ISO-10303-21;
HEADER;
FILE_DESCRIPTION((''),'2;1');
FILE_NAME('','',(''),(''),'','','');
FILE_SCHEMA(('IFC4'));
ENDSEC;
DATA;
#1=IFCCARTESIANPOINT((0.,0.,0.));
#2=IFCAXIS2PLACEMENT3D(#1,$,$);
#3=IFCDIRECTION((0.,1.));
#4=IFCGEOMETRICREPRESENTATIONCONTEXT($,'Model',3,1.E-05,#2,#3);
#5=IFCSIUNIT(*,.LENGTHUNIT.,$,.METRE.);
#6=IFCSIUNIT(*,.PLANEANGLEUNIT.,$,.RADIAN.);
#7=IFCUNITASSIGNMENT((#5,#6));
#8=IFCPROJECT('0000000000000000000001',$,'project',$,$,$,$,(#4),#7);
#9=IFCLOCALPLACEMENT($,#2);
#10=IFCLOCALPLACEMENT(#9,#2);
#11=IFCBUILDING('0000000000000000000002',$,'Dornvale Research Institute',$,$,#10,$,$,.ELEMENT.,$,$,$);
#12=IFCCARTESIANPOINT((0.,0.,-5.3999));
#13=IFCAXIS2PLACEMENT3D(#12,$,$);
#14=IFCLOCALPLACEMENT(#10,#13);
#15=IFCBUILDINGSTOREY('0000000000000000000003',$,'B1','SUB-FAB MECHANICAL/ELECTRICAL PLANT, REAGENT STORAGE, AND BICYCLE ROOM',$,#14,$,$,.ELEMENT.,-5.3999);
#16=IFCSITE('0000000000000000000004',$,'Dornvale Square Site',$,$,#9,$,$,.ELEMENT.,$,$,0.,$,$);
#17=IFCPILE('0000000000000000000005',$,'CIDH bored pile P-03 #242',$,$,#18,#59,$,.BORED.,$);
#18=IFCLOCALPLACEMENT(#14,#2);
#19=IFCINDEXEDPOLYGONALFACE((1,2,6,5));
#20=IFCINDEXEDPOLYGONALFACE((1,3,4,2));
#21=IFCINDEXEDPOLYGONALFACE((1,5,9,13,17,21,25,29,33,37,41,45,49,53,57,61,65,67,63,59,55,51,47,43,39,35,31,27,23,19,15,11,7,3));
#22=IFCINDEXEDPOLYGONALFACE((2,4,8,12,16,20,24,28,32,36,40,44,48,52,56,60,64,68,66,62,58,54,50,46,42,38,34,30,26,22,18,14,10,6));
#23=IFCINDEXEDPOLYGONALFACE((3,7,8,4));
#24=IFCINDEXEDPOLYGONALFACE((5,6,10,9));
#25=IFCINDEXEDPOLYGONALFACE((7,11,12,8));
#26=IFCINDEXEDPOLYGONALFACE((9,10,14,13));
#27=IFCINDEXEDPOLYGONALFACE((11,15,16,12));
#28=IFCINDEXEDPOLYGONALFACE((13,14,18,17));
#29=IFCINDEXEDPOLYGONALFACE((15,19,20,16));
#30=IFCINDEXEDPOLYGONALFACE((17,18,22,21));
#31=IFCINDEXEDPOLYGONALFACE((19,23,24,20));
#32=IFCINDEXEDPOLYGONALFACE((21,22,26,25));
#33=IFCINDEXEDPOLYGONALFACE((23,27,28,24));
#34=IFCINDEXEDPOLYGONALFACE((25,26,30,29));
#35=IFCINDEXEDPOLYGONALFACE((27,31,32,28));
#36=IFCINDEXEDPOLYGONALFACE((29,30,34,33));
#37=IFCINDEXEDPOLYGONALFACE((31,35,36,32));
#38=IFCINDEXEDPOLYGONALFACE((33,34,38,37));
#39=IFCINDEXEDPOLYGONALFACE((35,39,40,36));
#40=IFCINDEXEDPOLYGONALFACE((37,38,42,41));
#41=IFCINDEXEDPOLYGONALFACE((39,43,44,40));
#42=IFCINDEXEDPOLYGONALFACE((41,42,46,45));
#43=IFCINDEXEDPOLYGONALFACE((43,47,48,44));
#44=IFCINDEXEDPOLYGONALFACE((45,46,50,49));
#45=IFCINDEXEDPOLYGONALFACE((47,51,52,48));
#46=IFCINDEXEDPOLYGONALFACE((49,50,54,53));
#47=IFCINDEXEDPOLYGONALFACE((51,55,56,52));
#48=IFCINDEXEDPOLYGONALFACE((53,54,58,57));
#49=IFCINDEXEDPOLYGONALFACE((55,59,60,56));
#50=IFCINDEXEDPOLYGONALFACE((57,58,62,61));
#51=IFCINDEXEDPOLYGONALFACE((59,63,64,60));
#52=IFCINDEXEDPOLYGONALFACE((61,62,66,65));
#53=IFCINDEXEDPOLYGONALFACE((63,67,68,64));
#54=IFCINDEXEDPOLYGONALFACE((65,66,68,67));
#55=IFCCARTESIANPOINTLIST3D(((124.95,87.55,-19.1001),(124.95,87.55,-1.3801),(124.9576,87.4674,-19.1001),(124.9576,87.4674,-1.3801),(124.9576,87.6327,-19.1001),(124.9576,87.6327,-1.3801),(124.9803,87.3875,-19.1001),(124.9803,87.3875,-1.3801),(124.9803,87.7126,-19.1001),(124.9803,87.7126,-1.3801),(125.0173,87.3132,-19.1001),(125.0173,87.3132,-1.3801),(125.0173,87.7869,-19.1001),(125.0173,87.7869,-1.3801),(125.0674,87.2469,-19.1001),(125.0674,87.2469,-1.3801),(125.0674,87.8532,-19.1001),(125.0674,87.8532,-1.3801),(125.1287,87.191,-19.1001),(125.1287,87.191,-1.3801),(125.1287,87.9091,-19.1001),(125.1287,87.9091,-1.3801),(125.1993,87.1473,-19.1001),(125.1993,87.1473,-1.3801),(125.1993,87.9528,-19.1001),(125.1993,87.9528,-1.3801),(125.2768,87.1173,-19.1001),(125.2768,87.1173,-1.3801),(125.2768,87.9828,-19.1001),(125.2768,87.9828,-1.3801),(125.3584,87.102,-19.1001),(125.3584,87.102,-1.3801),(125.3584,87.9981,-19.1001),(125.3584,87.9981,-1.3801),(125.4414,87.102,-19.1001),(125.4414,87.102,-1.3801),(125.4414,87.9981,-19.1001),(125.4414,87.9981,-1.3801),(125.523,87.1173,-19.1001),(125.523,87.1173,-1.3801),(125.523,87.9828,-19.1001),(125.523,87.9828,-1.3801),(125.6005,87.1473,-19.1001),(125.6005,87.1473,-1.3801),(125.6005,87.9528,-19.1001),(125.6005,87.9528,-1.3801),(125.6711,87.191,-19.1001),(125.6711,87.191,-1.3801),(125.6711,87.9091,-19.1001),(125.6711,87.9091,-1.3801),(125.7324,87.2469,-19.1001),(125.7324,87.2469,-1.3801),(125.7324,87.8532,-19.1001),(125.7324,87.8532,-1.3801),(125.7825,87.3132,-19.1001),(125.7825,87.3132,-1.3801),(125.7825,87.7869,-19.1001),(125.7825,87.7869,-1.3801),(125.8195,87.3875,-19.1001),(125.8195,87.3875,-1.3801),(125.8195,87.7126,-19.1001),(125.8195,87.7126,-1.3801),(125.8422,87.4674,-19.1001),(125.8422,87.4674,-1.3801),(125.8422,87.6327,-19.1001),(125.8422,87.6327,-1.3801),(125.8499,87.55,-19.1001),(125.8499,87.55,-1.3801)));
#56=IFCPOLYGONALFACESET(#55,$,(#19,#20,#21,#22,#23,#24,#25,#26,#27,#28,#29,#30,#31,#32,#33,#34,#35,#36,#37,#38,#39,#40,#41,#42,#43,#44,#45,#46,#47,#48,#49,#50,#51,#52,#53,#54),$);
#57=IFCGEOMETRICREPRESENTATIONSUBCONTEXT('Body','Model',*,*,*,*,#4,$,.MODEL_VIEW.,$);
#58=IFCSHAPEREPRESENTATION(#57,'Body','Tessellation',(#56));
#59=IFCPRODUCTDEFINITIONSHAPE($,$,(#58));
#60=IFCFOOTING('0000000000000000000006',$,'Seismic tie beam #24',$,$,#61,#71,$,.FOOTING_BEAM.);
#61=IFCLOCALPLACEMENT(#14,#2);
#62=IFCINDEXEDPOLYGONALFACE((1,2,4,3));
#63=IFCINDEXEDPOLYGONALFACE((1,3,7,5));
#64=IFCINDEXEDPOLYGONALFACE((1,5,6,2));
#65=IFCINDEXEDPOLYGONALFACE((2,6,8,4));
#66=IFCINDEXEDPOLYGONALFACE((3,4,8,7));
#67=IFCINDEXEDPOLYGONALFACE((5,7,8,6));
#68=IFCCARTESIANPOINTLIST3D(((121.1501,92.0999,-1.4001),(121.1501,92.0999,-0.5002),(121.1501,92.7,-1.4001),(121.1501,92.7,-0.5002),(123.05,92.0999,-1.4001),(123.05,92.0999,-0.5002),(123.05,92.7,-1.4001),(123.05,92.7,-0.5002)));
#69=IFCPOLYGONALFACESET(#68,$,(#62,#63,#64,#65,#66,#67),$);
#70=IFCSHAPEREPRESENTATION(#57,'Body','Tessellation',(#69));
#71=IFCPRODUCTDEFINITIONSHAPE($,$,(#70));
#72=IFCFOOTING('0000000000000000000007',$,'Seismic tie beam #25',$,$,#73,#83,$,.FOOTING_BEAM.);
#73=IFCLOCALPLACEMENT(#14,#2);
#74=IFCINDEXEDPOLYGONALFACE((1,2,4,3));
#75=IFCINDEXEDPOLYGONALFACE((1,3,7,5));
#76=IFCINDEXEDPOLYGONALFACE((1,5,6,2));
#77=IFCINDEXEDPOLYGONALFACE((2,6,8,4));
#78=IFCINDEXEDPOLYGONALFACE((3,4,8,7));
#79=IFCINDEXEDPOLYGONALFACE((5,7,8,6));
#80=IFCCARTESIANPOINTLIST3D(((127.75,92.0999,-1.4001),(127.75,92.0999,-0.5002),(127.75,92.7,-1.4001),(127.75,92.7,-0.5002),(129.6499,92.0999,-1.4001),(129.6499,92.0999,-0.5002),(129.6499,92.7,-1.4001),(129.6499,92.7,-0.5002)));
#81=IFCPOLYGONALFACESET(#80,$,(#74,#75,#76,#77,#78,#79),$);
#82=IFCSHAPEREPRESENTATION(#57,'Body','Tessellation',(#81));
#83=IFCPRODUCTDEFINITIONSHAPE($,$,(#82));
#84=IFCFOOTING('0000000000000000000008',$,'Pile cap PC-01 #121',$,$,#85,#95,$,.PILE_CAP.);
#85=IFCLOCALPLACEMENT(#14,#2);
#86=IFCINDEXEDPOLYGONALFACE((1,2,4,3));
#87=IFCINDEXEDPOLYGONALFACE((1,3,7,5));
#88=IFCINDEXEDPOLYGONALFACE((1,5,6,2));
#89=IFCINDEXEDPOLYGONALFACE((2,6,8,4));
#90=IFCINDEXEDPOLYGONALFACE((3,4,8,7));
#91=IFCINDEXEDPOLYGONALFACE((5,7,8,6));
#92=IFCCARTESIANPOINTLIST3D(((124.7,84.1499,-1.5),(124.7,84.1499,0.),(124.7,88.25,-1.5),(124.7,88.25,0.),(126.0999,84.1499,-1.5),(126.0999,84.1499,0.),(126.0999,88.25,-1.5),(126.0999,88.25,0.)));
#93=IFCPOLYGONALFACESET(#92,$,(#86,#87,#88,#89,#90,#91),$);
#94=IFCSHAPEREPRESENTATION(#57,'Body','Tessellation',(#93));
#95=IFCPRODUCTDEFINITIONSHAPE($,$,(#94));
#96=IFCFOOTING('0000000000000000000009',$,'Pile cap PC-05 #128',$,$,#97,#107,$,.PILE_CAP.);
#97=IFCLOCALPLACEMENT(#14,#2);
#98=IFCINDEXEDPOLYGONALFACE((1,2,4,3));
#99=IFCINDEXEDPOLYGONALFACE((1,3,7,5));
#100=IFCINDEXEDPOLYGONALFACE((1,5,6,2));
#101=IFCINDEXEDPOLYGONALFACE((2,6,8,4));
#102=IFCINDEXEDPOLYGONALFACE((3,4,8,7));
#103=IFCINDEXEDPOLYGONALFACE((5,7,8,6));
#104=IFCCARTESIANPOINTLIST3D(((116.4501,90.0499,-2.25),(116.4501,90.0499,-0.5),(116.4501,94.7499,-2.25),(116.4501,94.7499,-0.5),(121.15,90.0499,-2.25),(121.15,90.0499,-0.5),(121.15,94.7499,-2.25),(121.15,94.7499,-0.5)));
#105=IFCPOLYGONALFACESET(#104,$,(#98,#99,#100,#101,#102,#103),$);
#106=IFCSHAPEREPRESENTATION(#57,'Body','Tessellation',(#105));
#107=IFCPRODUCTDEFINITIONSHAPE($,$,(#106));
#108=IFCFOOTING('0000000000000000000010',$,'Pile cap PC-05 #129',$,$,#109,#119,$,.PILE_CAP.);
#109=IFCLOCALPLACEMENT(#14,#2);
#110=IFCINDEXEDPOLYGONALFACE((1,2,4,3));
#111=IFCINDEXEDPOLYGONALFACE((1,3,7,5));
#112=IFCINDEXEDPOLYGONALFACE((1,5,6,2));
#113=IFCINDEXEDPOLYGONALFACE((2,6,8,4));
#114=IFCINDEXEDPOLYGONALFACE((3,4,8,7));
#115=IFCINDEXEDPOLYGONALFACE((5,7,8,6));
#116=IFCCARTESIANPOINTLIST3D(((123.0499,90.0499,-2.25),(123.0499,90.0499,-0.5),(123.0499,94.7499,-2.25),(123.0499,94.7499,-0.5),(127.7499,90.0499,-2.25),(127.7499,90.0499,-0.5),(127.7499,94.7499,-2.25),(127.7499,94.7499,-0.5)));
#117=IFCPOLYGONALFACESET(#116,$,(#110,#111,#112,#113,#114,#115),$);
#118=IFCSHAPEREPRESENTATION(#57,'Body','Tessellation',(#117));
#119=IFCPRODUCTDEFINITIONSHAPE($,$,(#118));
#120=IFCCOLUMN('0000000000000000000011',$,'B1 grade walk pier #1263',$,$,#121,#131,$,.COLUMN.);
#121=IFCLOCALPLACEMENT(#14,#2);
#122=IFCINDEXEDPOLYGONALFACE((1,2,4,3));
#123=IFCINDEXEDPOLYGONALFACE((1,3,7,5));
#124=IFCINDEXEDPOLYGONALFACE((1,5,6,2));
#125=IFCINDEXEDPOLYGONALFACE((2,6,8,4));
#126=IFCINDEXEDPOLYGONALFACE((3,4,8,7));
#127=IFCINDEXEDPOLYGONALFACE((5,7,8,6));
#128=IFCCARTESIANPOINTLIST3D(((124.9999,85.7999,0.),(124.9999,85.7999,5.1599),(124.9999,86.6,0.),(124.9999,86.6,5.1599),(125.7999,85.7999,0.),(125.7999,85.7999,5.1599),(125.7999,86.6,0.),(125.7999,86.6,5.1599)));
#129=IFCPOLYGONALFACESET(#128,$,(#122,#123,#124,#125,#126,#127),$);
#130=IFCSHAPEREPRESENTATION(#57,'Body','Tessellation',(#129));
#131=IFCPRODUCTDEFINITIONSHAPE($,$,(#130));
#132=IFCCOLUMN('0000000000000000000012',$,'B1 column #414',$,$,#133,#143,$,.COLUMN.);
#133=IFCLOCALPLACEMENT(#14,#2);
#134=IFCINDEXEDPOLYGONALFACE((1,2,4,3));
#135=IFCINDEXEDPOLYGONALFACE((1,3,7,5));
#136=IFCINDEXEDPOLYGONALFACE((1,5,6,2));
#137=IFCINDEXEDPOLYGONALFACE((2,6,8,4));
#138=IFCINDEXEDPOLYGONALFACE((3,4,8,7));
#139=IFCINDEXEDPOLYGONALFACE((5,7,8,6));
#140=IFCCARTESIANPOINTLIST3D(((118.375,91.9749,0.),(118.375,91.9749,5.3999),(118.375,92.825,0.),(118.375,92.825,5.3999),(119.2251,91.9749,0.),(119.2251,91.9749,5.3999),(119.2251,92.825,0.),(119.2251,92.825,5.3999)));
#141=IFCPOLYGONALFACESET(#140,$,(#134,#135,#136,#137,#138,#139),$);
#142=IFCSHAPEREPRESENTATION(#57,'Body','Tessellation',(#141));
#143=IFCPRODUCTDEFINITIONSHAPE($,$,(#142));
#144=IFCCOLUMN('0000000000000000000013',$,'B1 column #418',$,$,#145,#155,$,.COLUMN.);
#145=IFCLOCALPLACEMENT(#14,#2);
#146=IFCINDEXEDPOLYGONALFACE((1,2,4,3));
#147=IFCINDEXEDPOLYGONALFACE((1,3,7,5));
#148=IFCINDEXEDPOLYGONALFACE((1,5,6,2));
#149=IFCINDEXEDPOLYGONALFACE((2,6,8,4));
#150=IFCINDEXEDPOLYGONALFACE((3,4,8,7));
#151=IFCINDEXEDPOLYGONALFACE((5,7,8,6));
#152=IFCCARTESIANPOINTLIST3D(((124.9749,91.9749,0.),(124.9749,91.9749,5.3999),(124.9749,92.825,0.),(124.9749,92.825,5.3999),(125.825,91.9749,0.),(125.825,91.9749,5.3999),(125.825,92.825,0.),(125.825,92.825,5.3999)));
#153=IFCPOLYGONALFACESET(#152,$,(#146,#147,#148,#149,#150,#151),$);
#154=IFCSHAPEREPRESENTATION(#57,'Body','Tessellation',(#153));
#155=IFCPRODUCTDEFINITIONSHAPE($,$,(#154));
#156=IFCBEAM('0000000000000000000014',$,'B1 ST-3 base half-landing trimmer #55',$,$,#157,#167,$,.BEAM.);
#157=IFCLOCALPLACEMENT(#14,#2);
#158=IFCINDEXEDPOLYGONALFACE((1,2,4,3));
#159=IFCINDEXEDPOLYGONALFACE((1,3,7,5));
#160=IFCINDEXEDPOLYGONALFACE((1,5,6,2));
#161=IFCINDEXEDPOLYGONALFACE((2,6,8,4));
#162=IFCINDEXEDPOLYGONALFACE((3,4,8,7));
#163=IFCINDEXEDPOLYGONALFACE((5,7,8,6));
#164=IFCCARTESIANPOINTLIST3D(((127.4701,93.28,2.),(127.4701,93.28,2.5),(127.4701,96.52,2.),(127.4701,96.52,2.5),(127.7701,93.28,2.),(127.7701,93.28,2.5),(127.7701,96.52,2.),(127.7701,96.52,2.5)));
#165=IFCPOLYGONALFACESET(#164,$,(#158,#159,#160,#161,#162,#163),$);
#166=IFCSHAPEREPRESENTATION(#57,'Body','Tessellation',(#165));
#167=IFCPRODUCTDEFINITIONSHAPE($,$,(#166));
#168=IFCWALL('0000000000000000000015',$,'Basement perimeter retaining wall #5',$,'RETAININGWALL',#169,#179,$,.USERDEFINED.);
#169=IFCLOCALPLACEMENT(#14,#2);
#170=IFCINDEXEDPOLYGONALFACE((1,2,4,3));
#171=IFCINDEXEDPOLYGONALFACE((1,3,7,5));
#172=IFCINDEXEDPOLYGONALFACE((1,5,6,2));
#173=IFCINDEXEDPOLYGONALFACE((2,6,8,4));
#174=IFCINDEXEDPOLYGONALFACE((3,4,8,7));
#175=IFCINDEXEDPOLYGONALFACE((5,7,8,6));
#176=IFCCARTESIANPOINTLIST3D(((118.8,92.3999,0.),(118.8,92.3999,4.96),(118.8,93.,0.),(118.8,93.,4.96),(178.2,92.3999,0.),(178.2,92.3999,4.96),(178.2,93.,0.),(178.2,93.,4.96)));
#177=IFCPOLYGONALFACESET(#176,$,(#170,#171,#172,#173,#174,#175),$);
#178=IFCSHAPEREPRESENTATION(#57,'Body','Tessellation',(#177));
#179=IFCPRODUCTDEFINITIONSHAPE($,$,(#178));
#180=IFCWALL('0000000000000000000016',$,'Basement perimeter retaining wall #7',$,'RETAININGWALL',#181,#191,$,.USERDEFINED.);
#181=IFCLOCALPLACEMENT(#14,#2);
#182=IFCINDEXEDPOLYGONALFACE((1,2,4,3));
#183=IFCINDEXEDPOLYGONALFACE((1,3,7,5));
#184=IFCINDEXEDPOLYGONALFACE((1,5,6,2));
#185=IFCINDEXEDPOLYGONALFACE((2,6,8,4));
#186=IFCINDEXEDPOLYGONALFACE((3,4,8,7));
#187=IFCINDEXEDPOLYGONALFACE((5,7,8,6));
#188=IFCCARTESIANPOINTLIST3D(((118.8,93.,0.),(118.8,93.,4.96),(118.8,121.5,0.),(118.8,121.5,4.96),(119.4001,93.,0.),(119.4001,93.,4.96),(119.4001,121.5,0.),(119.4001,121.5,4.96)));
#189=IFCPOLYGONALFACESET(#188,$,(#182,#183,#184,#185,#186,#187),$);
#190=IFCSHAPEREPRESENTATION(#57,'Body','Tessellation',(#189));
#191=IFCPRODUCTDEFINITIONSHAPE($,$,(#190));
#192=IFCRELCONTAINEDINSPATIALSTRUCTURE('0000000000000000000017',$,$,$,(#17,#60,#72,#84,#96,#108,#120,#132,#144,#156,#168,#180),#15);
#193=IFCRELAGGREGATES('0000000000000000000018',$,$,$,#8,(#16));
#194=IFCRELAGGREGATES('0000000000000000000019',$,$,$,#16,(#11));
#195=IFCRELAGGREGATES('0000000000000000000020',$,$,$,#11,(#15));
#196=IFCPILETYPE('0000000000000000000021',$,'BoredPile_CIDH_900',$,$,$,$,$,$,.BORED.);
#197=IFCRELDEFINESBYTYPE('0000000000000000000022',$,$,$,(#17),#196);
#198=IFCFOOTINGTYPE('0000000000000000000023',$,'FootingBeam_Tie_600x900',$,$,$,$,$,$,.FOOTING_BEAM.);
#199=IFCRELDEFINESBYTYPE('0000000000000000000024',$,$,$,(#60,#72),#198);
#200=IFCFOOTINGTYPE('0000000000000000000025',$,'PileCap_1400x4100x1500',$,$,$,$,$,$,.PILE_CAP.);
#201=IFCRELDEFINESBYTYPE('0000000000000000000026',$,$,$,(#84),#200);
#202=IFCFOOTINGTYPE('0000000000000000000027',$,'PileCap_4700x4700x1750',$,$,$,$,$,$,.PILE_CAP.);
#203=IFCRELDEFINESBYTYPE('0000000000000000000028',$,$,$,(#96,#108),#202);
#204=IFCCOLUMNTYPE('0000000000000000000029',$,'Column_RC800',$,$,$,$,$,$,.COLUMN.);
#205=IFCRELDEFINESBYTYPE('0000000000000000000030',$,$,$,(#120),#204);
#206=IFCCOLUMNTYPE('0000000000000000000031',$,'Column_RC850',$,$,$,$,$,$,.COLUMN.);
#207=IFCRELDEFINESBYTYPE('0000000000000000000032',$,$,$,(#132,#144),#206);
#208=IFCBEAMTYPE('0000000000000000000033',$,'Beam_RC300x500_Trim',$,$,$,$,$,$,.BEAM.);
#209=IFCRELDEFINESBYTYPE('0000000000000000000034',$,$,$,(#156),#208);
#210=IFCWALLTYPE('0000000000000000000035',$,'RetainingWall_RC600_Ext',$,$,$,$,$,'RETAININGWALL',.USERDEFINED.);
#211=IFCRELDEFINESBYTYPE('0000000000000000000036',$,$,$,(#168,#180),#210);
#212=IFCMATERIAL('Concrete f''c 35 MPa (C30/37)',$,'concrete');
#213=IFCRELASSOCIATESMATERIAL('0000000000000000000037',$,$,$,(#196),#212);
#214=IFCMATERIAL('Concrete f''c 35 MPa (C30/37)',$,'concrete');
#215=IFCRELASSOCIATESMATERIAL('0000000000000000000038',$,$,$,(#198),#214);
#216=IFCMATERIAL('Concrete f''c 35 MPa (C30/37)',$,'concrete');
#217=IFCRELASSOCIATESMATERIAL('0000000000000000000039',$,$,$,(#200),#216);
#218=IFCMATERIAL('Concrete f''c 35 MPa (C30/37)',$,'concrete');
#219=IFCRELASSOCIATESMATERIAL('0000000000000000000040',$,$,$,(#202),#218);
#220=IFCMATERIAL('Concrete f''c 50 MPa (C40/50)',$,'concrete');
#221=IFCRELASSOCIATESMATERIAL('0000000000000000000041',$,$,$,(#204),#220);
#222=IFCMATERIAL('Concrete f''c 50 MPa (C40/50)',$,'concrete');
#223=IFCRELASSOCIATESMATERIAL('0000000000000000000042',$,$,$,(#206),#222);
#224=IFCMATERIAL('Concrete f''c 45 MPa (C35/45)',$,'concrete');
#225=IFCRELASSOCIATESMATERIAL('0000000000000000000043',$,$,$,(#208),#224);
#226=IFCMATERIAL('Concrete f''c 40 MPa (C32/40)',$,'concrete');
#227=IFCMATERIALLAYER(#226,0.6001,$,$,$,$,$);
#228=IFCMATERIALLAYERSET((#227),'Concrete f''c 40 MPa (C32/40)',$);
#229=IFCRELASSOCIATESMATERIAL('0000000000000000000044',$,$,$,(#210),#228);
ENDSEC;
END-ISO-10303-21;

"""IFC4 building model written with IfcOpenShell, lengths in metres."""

from ifc_helpers import new_model, si_unit, direction, frame, frame_2d, origin, origin_2d, place, context, subcontext, project, spatial, rectangle, circle, extrude, material, layer, layer_set, material_profile, profile_set, type_object, element, save


model = new_model("IFC4")

# Units and contexts
model_context = context("Model", 3, precision=1e-05, world=origin(), true_north=direction((0.0, 1.0)))
body_context = subcontext(model_context, "Body", "Model", "MODEL_VIEW")
ifc_project = project(units=[si_unit("LENGTHUNIT", "METRE"), si_unit("PLANEANGLEUNIT", "RADIAN")], contexts=[model_context])

# Site, building, storey
site_placement = place(None, origin())
site = spatial("IfcSite", under=ifc_project, at=site_placement, Name="Dornvale Square Site", CompositionType="ELEMENT", RefElevation=0.0)
building_placement = place(site_placement, origin())
building = spatial("IfcBuilding", under=site, at=building_placement, Name="Dornvale Research Institute", CompositionType="ELEMENT")
storey_placement = place(building_placement, frame((0.0, 0.0, -5.3999)))
storey = spatial("IfcBuildingStorey", under=building, at=storey_placement, Name="B1", Description="SUB-FAB MECHANICAL/ELECTRICAL PLANT, REAGENT STORAGE, AND BICYCLE ROOM", CompositionType="ELEMENT", Elevation=-5.3999)

# Pile
ifc_material_1 = material(Name="Concrete f'c 35 MPa (C30/37)", Category="concrete")
ifc_material_profile_1 = material_profile(ifc_material_1, circle(Radius=0.45, at=origin_2d()), Name="CIDH PILE D900")
ifc_profile_set_1 = profile_set([ifc_material_profile_1], Name="Concrete f'c 35 MPa (C30/37)")
pile_type_1 = type_object("IfcPileType", Name="BoredPile_CIDH_900", PredefinedType="BORED", material=ifc_profile_set_1)
for number, where, z_axis, x_axis, name in (
    (1, (125.3999, 87.55, -1.3801), (0.0, 0.0, -1.0), (1.0, 0.0, 0.0), "CIDH bored pile P-03 #242"),
):
    element("IfcPile", number, at=place(storey_placement, frame(where, z_axis=z_axis, x_axis=x_axis)), inside=storey, type_object=pile_type_1, Name=name, PredefinedType="BORED", context=body_context, shape_type="SweptSolid", body=[
        extrude(circle(Radius=0.45, at=origin_2d()), origin(), (0.0, 0.0, 1.0), 17.72),
    ])

# Footings
ifc_material_2 = material(Name="Concrete f'c 35 MPa (C30/37)", Category="concrete")
footing_type_1 = type_object("IfcFootingType", Name="FootingBeam_Tie_600x900", PredefinedType="FOOTING_BEAM", material=ifc_material_2)
for number, where, z_axis, x_axis, name in (
    (2, (122.1001, 92.3999, -1.4001), (0.0, 0.0, 1.0), (1.0, 0.0, 0.0), "Seismic tie beam #24"),
    (3, (128.7, 92.3999, -1.4001), (0.0, 0.0, 1.0), (1.0, 0.0, 0.0), "Seismic tie beam #25"),
):
    element("IfcFooting", number, at=place(storey_placement, frame(where, z_axis=z_axis, x_axis=x_axis)), inside=storey, type_object=footing_type_1, Name=name, PredefinedType="FOOTING_BEAM", context=body_context, shape_type="SweptSolid", body=[
        extrude(rectangle(XDim=1.8999, YDim=0.6001, at=origin_2d()), origin(), (0.0, 0.0, 1.0), 0.8999),
    ])
ifc_material_3 = material(Name="Concrete f'c 35 MPa (C30/37)", Category="concrete")
footing_type_2 = type_object("IfcFootingType", Name="PileCap_1400x4100x1500", PredefinedType="PILE_CAP", material=ifc_material_3)
footing_placement = place(storey_placement, frame((125.3999, 86.2, -1.5), z_axis=(0.0, 0.0, 1.0), x_axis=(1.0, 0.0, 0.0)))
element("IfcFooting", 4, at=footing_placement, inside=storey, type_object=footing_type_2, Name="Pile cap PC-01 #121", PredefinedType="PILE_CAP", context=body_context, shape_type="SweptSolid", body=[
    extrude(rectangle(XDim=1.3999, YDim=4.1001, at=origin_2d()), origin(), (0.0, 0.0, 1.0), 1.5),
])
ifc_material_4 = material(Name="Concrete f'c 35 MPa (C30/37)", Category="concrete")
footing_type_3 = type_object("IfcFootingType", Name="PileCap_4700x4700x1750", PredefinedType="PILE_CAP", material=ifc_material_4)
for number, where, z_axis, x_axis, name in (
    (5, (118.8, 92.3999, -2.25), (0.0, 0.0, 1.0), (1.0, 0.0, 0.0), "Pile cap PC-05 #128"),
    (6, (125.3999, 92.3999, -2.25), (0.0, 0.0, 1.0), (1.0, 0.0, 0.0), "Pile cap PC-05 #129"),
):
    element("IfcFooting", number, at=place(storey_placement, frame(where, z_axis=z_axis, x_axis=x_axis)), inside=storey, type_object=footing_type_3, Name=name, PredefinedType="PILE_CAP", context=body_context, shape_type="SweptSolid", body=[
        extrude(rectangle(XDim=4.7, YDim=4.7, at=origin_2d()), origin(), (0.0, 0.0, 1.0), 1.75),
    ])

# Columns
ifc_material_5 = material(Name="Concrete f'c 50 MPa (C40/50)", Category="concrete")
ifc_material_profile_2 = material_profile(ifc_material_5, rectangle(XDim=0.8, YDim=0.8, at=origin_2d()), Name="RC 800x800")
ifc_profile_set_2 = profile_set([ifc_material_profile_2], Name="Concrete f'c 50 MPa (C40/50)")
column_type_1 = type_object("IfcColumnType", Name="Column_RC800", PredefinedType="COLUMN", material=ifc_profile_set_2)
column_placement = place(storey_placement, frame((125.3999, 86.2, 0.0), z_axis=(0.0, 0.0, 1.0), x_axis=(1.0, 0.0, 0.0)))
element("IfcColumn", 7, at=column_placement, inside=storey, type_object=column_type_1, Name="B1 grade walk pier #1263", PredefinedType="COLUMN", context=body_context, shape_type="SweptSolid", body=[
    extrude(rectangle(XDim=0.8, YDim=0.8, at=origin_2d()), origin(), (0.0, 0.0, 1.0), 5.1599),
])
ifc_material_6 = material(Name="Concrete f'c 50 MPa (C40/50)", Category="concrete")
ifc_material_profile_3 = material_profile(ifc_material_6, rectangle(XDim=0.8501, YDim=0.8501, at=origin_2d()), Name="RC 850x850")
ifc_profile_set_3 = profile_set([ifc_material_profile_3], Name="Concrete f'c 50 MPa (C40/50)")
column_type_2 = type_object("IfcColumnType", Name="Column_RC850", PredefinedType="COLUMN", material=ifc_profile_set_3)
for number, where, z_axis, x_axis, name in (
    (8, (118.8, 92.3999, 0.0), (0.0, 0.0, 1.0), (1.0, 0.0, 0.0), "B1 column #414"),
    (9, (125.3999, 92.3999, 0.0), (0.0, 0.0, 1.0), (1.0, 0.0, 0.0), "B1 column #418"),
):
    element("IfcColumn", number, at=place(storey_placement, frame(where, z_axis=z_axis, x_axis=x_axis)), inside=storey, type_object=column_type_2, Name=name, PredefinedType="COLUMN", context=body_context, shape_type="SweptSolid", body=[
        extrude(rectangle(XDim=0.8501, YDim=0.8501, at=origin_2d()), origin(), (0.0, 0.0, 1.0), 5.3999),
    ])

# Beam
ifc_material_7 = material(Name="Concrete f'c 45 MPa (C35/45)", Category="concrete")
ifc_material_profile_4 = material_profile(ifc_material_7, rectangle(XDim=0.3, YDim=0.5, at=origin_2d()), Name="RC 300x500")
ifc_profile_set_4 = profile_set([ifc_material_profile_4], Name="Concrete f'c 45 MPa (C35/45)")
beam_type = type_object("IfcBeamType", Name="Beam_RC300x500_Trim", PredefinedType="BEAM", material=ifc_profile_set_4)
beam_placement = place(storey_placement, frame((127.6201, 93.28, 2.25), z_axis=(0.0, 1.0, 0.0), x_axis=(-1.0, 0.0, 0.0)))
element("IfcBeam", 10, at=beam_placement, inside=storey, type_object=beam_type, Name="B1 ST-3 base half-landing trimmer #55", PredefinedType="BEAM", context=body_context, shape_type="SweptSolid", body=[
    extrude(rectangle(XDim=0.3, YDim=0.5, at=origin_2d()), origin(), (0.0, 0.0, 1.0), 3.24),
])

# Walls
ifc_material_8 = material(Name="Concrete f'c 40 MPa (C32/40)", Category="concrete")
ifc_layer_1 = layer(ifc_material_8, 0.6001)
ifc_layer_set_1 = layer_set([ifc_layer_1], Name="Concrete f'c 40 MPa (C32/40)")
wall_type_1 = type_object("IfcWallType", Name="RetainingWall_RC600_Ext", ElementType="RETAININGWALL", PredefinedType="USERDEFINED", material=ifc_layer_set_1)
wall_1_placement = place(storey_placement, frame((118.8, 92.7, 0.0), z_axis=(0.0, 0.0, 1.0), x_axis=(1.0, 0.0, 0.0)))
element("IfcWall", 11, at=wall_1_placement, inside=storey, type_object=wall_type_1, Name="Basement perimeter retaining wall #5", ObjectType="RETAININGWALL", PredefinedType="USERDEFINED", context=body_context, shape_type="SweptSolid", body=[
    extrude(rectangle(XDim=59.3999, YDim=0.6001, at=frame_2d((29.7, 0.0))), origin(), (0.0, 0.0, 1.0), 4.96),
])
wall_2_placement = place(storey_placement, frame((119.1001, 93.0, 0.0), z_axis=(0.0, 0.0, 1.0), x_axis=(0.0, 1.0, 0.0)))
element("IfcWall", 12, at=wall_2_placement, inside=storey, type_object=wall_type_1, Name="Basement perimeter retaining wall #7", ObjectType="RETAININGWALL", PredefinedType="USERDEFINED", context=body_context, shape_type="SweptSolid", body=[
    extrude(rectangle(XDim=28.5, YDim=0.6001, at=frame_2d((14.25, 0.0))), origin(), (0.0, 0.0, 1.0), 4.96),
])

save(model, "model.ifc")
